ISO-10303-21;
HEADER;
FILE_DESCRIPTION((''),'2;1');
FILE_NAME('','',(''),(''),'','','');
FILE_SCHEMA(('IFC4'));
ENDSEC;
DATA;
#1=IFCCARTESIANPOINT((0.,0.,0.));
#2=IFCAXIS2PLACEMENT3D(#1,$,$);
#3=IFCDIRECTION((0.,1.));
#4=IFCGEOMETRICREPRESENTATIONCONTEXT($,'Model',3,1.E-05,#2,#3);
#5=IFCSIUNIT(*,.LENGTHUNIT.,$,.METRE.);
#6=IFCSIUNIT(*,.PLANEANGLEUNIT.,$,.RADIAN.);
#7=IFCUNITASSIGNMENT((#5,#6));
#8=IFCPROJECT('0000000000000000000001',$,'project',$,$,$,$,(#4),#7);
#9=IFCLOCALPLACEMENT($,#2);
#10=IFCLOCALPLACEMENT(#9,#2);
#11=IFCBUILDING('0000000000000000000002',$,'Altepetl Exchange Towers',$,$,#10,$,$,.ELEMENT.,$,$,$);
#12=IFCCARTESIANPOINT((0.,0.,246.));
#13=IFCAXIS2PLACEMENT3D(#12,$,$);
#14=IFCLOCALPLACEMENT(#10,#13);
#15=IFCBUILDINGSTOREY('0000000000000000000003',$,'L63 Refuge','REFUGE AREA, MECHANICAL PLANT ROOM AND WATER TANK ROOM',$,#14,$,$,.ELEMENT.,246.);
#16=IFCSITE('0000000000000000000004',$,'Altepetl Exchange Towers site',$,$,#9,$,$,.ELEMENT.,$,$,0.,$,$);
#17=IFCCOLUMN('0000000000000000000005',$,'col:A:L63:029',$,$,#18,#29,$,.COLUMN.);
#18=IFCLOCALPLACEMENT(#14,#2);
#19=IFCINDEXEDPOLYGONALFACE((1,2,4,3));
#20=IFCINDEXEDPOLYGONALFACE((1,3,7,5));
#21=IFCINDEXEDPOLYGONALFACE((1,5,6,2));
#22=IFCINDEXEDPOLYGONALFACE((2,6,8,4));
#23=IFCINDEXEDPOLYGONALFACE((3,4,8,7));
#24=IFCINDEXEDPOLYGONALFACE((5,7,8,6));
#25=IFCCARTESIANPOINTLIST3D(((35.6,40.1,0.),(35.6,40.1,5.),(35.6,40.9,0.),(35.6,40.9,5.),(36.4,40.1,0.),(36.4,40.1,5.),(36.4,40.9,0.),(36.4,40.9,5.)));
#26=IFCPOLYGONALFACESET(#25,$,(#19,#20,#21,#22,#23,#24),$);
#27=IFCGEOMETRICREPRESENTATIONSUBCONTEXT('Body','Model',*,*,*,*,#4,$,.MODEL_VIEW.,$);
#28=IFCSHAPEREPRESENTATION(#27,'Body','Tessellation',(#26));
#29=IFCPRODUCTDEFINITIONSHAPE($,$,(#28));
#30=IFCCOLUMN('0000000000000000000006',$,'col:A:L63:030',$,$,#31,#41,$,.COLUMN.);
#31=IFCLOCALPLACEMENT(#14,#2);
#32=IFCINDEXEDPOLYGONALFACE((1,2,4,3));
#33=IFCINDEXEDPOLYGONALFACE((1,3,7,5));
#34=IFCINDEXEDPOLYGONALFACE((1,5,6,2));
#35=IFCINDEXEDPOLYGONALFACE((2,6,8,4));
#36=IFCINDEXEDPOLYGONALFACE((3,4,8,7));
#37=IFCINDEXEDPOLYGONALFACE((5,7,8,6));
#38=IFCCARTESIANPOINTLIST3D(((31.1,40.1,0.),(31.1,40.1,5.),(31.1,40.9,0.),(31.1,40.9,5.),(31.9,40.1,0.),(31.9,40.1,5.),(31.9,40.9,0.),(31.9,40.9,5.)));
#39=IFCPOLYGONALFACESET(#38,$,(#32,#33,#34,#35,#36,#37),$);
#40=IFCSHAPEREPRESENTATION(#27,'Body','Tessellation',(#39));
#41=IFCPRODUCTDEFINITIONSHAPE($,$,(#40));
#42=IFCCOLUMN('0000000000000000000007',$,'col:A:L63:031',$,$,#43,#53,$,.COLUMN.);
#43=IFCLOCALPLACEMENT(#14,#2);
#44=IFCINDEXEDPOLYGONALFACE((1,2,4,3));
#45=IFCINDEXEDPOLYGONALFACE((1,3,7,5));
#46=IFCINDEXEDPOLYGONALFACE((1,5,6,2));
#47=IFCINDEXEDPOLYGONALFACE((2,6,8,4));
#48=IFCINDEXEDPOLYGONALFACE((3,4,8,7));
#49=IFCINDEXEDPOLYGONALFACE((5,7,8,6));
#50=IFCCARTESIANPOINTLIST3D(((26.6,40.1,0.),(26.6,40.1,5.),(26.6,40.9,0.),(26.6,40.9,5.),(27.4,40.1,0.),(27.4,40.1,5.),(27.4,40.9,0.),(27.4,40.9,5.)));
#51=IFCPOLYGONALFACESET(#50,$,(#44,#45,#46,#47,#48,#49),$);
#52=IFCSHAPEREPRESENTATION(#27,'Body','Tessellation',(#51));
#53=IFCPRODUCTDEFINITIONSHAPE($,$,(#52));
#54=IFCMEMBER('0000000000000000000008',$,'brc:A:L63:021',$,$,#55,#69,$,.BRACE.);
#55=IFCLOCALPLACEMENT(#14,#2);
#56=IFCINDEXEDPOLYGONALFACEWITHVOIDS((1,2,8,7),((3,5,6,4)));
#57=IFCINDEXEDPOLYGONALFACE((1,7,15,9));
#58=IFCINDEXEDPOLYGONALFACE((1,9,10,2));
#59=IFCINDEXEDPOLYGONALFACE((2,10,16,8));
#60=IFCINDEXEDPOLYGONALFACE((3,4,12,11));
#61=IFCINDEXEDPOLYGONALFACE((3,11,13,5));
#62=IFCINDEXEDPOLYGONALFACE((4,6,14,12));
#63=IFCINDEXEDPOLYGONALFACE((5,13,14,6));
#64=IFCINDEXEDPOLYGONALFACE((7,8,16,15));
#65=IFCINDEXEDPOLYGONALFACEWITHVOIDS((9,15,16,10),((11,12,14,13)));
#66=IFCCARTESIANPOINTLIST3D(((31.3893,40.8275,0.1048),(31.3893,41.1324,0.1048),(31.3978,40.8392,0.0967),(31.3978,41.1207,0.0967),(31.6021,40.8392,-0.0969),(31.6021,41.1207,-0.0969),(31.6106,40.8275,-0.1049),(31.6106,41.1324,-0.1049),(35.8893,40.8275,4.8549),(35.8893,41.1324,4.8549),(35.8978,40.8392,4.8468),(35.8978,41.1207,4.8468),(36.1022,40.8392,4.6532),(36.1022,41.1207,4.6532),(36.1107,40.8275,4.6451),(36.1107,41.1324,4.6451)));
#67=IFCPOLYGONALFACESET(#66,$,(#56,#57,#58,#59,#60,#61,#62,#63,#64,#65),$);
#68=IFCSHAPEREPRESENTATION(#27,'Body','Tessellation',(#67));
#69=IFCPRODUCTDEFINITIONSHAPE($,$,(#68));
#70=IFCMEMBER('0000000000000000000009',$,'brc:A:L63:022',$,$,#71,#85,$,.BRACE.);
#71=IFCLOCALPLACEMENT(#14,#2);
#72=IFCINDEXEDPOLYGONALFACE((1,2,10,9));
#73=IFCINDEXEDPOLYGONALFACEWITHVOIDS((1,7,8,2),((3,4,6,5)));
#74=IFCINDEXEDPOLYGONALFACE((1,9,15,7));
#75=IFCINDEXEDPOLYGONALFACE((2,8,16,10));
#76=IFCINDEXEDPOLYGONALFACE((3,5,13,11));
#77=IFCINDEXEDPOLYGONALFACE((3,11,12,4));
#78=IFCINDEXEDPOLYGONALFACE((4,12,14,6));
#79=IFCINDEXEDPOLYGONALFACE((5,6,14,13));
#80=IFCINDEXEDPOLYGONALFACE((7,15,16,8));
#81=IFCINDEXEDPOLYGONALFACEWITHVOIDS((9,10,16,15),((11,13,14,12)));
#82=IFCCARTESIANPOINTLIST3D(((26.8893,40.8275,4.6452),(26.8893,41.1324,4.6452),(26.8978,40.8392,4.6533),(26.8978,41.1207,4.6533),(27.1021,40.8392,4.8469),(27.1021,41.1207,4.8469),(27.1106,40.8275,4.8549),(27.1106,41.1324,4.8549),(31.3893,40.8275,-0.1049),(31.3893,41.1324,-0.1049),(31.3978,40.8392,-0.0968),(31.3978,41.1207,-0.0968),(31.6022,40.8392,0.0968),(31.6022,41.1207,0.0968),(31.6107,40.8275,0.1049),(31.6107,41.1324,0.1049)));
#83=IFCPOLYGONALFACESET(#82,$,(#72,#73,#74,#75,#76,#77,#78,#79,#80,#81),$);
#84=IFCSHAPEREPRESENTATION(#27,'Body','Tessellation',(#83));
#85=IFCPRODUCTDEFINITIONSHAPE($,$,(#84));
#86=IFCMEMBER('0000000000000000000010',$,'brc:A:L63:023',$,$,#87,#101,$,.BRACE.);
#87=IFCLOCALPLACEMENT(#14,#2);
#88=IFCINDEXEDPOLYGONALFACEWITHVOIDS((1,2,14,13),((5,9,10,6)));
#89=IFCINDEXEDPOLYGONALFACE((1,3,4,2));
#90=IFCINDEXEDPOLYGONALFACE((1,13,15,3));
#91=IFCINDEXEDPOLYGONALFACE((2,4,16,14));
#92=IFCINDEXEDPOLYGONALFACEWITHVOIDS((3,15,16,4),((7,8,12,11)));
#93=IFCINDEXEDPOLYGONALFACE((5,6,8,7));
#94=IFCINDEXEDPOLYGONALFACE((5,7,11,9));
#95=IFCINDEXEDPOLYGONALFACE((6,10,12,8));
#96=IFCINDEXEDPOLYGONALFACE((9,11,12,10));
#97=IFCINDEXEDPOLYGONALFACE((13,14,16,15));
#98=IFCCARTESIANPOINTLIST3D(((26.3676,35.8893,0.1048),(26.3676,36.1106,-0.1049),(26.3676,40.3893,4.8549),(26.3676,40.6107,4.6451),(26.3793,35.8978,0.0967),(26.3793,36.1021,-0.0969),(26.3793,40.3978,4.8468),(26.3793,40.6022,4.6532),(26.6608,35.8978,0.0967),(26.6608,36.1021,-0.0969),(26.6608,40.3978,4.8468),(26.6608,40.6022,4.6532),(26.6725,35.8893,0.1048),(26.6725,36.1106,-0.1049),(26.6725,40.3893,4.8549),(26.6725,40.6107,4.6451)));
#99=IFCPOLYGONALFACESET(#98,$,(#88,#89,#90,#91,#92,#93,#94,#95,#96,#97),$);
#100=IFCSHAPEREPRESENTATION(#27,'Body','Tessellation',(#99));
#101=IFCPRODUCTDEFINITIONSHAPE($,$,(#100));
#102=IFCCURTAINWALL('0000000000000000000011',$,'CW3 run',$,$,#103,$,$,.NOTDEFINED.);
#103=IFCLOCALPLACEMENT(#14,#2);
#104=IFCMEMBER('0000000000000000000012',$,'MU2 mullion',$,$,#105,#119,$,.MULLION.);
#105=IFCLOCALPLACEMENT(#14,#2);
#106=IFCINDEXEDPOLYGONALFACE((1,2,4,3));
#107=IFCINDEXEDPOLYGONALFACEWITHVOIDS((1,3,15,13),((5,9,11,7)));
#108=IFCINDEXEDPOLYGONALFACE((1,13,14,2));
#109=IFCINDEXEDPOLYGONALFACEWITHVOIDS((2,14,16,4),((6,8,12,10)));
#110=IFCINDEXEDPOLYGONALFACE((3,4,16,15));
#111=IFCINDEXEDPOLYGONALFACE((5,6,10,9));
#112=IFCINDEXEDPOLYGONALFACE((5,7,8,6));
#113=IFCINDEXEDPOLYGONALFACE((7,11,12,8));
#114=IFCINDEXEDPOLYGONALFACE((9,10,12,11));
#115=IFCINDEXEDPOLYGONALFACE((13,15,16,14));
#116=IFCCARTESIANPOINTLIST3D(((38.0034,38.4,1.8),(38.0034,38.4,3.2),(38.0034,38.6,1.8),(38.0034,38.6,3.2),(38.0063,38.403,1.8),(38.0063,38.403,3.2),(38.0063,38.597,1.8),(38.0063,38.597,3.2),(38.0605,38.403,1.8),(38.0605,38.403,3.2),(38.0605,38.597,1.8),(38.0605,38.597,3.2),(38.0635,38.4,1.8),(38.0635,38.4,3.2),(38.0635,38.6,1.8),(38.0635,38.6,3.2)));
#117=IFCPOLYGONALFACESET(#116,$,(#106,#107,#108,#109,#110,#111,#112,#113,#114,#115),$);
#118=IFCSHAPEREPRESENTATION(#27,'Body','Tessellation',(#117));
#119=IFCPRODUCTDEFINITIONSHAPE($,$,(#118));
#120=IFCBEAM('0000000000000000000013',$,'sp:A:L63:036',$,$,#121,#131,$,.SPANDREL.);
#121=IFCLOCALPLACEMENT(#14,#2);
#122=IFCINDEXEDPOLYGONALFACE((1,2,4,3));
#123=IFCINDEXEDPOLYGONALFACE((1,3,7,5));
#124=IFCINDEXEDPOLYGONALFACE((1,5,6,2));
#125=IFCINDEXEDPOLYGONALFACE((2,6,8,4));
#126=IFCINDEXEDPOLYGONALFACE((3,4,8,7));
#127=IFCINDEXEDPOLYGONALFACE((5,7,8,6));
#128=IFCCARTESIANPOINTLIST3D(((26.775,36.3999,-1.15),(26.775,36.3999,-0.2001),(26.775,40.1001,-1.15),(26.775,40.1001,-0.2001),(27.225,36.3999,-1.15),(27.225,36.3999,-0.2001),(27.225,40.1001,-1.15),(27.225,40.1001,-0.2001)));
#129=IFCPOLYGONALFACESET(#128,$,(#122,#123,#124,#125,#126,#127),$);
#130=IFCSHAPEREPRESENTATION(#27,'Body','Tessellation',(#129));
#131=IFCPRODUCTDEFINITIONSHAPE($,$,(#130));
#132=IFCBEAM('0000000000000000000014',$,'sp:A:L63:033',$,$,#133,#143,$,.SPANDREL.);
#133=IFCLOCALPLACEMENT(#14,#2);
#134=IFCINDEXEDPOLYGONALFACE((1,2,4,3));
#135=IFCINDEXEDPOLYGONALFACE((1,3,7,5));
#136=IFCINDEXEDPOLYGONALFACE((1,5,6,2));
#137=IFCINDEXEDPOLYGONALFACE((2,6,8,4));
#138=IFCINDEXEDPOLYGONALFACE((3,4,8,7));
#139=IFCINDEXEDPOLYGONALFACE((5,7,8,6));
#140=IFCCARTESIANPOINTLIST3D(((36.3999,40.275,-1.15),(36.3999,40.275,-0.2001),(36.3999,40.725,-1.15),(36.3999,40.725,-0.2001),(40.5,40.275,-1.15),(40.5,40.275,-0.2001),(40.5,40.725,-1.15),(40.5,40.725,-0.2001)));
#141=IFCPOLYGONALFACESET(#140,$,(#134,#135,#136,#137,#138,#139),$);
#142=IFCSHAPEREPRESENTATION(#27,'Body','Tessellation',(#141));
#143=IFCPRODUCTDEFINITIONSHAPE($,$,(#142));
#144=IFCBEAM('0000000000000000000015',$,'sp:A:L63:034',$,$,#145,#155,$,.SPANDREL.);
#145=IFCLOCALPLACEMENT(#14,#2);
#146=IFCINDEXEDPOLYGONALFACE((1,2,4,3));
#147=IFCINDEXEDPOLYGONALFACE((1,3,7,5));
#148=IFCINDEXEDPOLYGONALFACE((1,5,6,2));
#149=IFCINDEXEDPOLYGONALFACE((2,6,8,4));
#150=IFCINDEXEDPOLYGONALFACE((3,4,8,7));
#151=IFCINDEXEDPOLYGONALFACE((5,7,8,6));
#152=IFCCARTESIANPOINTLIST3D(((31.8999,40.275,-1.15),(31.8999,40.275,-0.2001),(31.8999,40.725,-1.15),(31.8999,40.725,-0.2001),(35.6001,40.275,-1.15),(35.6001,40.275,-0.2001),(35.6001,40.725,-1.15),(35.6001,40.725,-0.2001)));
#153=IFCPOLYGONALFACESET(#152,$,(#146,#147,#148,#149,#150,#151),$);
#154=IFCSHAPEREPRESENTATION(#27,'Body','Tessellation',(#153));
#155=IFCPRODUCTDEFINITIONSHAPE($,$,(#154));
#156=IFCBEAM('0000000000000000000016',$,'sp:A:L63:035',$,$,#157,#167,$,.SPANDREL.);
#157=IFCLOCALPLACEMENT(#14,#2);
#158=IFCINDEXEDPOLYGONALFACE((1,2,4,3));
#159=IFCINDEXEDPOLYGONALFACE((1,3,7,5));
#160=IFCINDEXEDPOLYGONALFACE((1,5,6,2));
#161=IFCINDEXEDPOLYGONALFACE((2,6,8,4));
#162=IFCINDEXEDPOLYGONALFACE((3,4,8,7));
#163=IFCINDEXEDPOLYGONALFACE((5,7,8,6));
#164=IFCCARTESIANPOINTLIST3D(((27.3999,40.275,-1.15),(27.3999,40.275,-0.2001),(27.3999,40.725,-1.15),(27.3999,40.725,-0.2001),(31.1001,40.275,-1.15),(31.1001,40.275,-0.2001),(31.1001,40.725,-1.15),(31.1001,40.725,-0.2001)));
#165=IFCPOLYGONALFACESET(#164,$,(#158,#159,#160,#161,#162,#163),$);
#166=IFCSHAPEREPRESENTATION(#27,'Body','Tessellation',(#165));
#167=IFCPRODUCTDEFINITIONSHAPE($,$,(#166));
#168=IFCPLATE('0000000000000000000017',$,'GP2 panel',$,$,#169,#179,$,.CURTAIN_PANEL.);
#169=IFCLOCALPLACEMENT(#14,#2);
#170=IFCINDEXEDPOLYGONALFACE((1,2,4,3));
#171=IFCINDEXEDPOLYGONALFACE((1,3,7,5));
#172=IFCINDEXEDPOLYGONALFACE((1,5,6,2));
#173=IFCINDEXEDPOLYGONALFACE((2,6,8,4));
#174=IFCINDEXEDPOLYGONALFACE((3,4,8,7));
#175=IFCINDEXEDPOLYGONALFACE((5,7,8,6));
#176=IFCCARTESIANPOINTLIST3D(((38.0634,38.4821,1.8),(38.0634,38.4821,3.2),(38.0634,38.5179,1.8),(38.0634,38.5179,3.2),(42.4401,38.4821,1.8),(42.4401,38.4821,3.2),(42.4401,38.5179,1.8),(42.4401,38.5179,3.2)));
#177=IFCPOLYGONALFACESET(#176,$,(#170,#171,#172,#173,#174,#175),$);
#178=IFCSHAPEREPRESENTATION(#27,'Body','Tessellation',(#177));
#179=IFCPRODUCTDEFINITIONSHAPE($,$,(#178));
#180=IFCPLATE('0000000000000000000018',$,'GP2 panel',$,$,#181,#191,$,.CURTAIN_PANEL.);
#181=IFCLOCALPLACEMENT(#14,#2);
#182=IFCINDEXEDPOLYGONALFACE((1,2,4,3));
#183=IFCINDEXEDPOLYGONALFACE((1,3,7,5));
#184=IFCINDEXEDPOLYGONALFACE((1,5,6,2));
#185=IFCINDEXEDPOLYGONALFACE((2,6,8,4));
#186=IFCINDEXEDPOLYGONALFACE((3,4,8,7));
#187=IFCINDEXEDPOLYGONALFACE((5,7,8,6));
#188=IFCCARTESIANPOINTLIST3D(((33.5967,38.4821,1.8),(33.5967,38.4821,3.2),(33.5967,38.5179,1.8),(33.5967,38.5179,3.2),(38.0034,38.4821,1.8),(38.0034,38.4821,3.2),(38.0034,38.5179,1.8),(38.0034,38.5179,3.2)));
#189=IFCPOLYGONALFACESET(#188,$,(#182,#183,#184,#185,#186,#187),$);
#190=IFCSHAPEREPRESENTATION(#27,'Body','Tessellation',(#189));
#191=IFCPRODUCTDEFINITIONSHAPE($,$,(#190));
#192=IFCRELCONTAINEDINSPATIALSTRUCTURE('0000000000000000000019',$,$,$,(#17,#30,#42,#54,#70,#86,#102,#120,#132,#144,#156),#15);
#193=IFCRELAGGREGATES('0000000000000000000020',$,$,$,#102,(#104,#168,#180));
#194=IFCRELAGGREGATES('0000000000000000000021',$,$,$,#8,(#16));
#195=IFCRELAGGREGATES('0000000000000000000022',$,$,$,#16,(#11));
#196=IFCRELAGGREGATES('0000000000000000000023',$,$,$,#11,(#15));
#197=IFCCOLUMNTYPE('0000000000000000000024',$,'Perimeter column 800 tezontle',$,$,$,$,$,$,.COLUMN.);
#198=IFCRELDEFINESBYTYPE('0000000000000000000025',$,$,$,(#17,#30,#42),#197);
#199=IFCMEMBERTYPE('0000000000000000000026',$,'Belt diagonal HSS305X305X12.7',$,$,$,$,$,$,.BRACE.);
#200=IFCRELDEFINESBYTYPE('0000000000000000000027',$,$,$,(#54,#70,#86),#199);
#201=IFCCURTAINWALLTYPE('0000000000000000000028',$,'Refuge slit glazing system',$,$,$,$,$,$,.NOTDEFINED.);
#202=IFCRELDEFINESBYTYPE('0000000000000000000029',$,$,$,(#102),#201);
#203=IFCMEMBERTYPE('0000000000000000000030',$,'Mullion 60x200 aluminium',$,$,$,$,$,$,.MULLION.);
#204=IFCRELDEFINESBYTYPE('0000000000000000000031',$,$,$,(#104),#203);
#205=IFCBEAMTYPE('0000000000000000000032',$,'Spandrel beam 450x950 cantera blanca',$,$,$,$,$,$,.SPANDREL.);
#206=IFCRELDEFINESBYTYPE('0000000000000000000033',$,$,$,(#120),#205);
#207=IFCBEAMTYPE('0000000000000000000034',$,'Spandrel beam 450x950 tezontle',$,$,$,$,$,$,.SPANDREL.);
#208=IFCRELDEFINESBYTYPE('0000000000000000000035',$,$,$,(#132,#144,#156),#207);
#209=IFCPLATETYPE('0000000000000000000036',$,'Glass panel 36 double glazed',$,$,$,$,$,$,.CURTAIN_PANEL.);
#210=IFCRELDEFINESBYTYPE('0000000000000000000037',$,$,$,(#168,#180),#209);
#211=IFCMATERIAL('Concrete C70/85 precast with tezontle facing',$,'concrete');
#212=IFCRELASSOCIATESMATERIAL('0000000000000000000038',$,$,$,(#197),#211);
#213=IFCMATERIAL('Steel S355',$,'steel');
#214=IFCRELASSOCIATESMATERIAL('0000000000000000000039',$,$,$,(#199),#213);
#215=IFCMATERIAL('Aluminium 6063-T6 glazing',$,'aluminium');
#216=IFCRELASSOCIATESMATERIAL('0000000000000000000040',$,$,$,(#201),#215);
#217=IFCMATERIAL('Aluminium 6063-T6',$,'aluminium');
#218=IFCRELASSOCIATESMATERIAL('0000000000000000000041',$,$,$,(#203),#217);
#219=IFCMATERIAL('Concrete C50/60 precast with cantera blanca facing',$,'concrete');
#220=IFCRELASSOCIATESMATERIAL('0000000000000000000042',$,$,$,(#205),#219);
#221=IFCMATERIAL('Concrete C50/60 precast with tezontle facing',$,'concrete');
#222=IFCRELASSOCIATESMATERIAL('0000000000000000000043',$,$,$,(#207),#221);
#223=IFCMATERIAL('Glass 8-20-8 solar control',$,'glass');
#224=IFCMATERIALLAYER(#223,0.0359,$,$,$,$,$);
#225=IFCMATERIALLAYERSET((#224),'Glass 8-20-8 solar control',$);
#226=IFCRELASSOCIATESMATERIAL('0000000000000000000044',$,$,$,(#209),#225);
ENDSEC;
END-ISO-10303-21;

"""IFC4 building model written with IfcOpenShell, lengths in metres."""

from ifc_helpers import new_model, si_unit, direction, frame, origin, origin_2d, place, context, subcontext, project, spatial, rectangle, hollow_rectangle, extrude, material, layer, layer_set, material_profile, profile_set, type_object, element, aggregate, save


model = new_model("IFC4")

# Units and contexts
model_context = context("Model", 3, precision=1e-05, world=origin(), true_north=direction((0.0, 1.0)))
body_context = subcontext(model_context, "Body", "Model", "MODEL_VIEW")
ifc_project = project(units=[si_unit("LENGTHUNIT", "METRE"), si_unit("PLANEANGLEUNIT", "RADIAN")], contexts=[model_context])

# Site, building, storey
site_placement = place(None, origin())
site = spatial("IfcSite", under=ifc_project, at=site_placement, Name="Altepetl Exchange Towers site", CompositionType="ELEMENT", RefElevation=0.0)
building_placement = place(site_placement, origin())
building = spatial("IfcBuilding", under=site, at=building_placement, Name="Altepetl Exchange Towers", CompositionType="ELEMENT")
storey_placement = place(building_placement, frame((0.0, 0.0, 246.0)))
storey = spatial("IfcBuildingStorey", under=building, at=storey_placement, Name="L63 Refuge", Description="REFUGE AREA, MECHANICAL PLANT ROOM AND WATER TANK ROOM", CompositionType="ELEMENT", Elevation=246.0)

# Columns
ifc_material_1 = material(Name="Concrete C70/85 precast with tezontle facing", Category="concrete")
ifc_material_profile_1 = material_profile(ifc_material_1, rectangle(XDim=0.8, YDim=0.8, at=origin_2d()), Name="800 x 800")
ifc_profile_set_1 = profile_set([ifc_material_profile_1], Name="Concrete C70/85 precast with tezontle facing")
column_type = type_object("IfcColumnType", Name="Perimeter column 800 tezontle", PredefinedType="COLUMN", material=ifc_profile_set_1)
for number, where, name in (
    (1, (36.0, 40.5, 0.0), "col:A:L63:029"),
    (2, (31.5, 40.5, 0.0), "col:A:L63:030"),
    (3, (27.0, 40.5, 0.0), "col:A:L63:031"),
):
    element("IfcColumn", number, at=place(storey_placement, frame(where)), inside=storey, type_object=column_type, Name=name, PredefinedType="COLUMN", context=body_context, shape_type="SweptSolid", body=[
        extrude(rectangle(XDim=0.8, YDim=0.8, at=origin_2d()), origin(), (0.0, 0.0, 1.0), 5.0),
    ])

# Members
ifc_material_2 = material(Name="Steel S355", Category="steel")
ifc_material_profile_2 = material_profile(ifc_material_2, hollow_rectangle(XDim=0.3049, YDim=0.3049, WallThickness=0.0117, at=origin_2d()), Name="HSS305X305X12.7")
ifc_profile_set_2 = profile_set([ifc_material_profile_2], Name="Steel S355")
member_type_1 = type_object("IfcMemberType", Name="Belt diagonal HSS305X305X12.7", PredefinedType="BRACE", material=ifc_profile_set_2)
for number, where, z_axis, x_axis, name in (
    (4, (36.0, 40.98, 4.75), (-0.687745, 0.0, -0.725953), (0.0, -1.0, 0.0), "brc:A:L63:021"),
    (5, (31.5, 40.98, 0.0), (-0.687745, 0.0, 0.725953), (0.0, -1.0, 0.0), "brc:A:L63:022"),
    (6, (26.52, 40.5, 4.75), (0.0, -0.687745, -0.725953), (1.0, 0.0, 0.0), "brc:A:L63:023"),
):
    element("IfcMember", number, at=place(storey_placement, frame(where, z_axis=z_axis, x_axis=x_axis)), inside=storey, type_object=member_type_1, Name=name, PredefinedType="BRACE", context=body_context, shape_type="SweptSolid", body=[
        extrude(hollow_rectangle(XDim=0.3049, YDim=0.3049, WallThickness=0.0117, at=origin_2d()), origin(), (0.0, 0.0, 1.0), 6.5432),
    ])

# Curtain wall, member
ifc_material_3 = material(Name="Aluminium 6063-T6 glazing", Category="aluminium")
curtain_wall_type = type_object("IfcCurtainWallType", Name="Refuge slit glazing system", PredefinedType="NOTDEFINED", material=ifc_material_3)
curtain_wall_placement = place(storey_placement, origin())
curtain_wall = element("IfcCurtainWall", 7, at=curtain_wall_placement, inside=storey, type_object=curtain_wall_type, Name="CW3 run", PredefinedType="NOTDEFINED")
ifc_material_4 = material(Name="Aluminium 6063-T6", Category="aluminium")
ifc_material_profile_3 = material_profile(ifc_material_4, hollow_rectangle(XDim=0.0601, YDim=0.2, WallThickness=0.0029, at=origin_2d()), Name="Mullion 60x200 aluminium")
ifc_profile_set_3 = profile_set([ifc_material_profile_3], Name="Aluminium 6063-T6")
member_type_2 = type_object("IfcMemberType", Name="Mullion 60x200 aluminium", PredefinedType="MULLION", material=ifc_profile_set_3)
member_placement = place(storey_placement, frame((38.0334, 38.5, 1.8), z_axis=(0.0, 0.0, 1.0), x_axis=(-1.0, 0.0, 0.0)))
member = element("IfcMember", 8, at=member_placement, type_object=member_type_2, Name="MU2 mullion", PredefinedType="MULLION", context=body_context, shape_type="SweptSolid", body=[
    extrude(hollow_rectangle(XDim=0.0601, YDim=0.2, WallThickness=0.0029, at=origin_2d()), origin(), (0.0, 0.0, 1.0), 1.3999),
])

# Beams
ifc_material_5 = material(Name="Concrete C50/60 precast with cantera blanca facing", Category="concrete")
ifc_material_profile_4 = material_profile(ifc_material_5, rectangle(XDim=0.45, YDim=0.95, at=origin_2d()), Name="450 x 950")
ifc_profile_set_4 = profile_set([ifc_material_profile_4], Name="Concrete C50/60 precast with cantera blanca facing")
beam_type_1 = type_object("IfcBeamType", Name="Spandrel beam 450x950 cantera blanca", PredefinedType="SPANDREL", material=ifc_profile_set_4)
beam_1_placement = place(storey_placement, frame((27.0, 40.1001, -0.675), z_axis=(0.0, -1.0, 0.0), x_axis=(1.0, 0.0, 0.0)))
element("IfcBeam", 9, at=beam_1_placement, inside=storey, type_object=beam_type_1, Name="sp:A:L63:036", PredefinedType="SPANDREL", context=body_context, shape_type="SweptSolid", body=[
    extrude(rectangle(XDim=0.45, YDim=0.95, at=origin_2d()), origin(), (0.0, 0.0, 1.0), 3.7002),
])
ifc_material_6 = material(Name="Concrete C50/60 precast with tezontle facing", Category="concrete")
ifc_material_profile_5 = material_profile(ifc_material_6, rectangle(XDim=0.45, YDim=0.95, at=origin_2d()), Name="450 x 950")
ifc_profile_set_5 = profile_set([ifc_material_profile_5], Name="Concrete C50/60 precast with tezontle facing")
beam_type_2 = type_object("IfcBeamType", Name="Spandrel beam 450x950 tezontle", PredefinedType="SPANDREL", material=ifc_profile_set_5)
beam_2_placement = place(storey_placement, frame((40.5, 40.5, -0.675), z_axis=(-1.0, 0.0, 0.0), x_axis=(0.0, -1.0, 0.0)))
element("IfcBeam", 10, at=beam_2_placement, inside=storey, type_object=beam_type_2, Name="sp:A:L63:033", PredefinedType="SPANDREL", context=body_context, shape_type="SweptSolid", body=[
    extrude(rectangle(XDim=0.45, YDim=0.95, at=origin_2d()), origin(), (0.0, 0.0, 1.0), 4.1001),
])
for number, where, z_axis, x_axis, name in (
    (11, (35.6001, 40.5, -0.675), (-1.0, 0.0, 0.0), (0.0, -1.0, 0.0), "sp:A:L63:034"),
    (12, (31.1001, 40.5, -0.675), (-1.0, 0.0, 0.0), (0.0, -1.0, 0.0), "sp:A:L63:035"),
):
    element("IfcBeam", number, at=place(storey_placement, frame(where, z_axis=z_axis, x_axis=x_axis)), inside=storey, type_object=beam_type_2, Name=name, PredefinedType="SPANDREL", context=body_context, shape_type="SweptSolid", body=[
        extrude(rectangle(XDim=0.45, YDim=0.95, at=origin_2d()), origin(), (0.0, 0.0, 1.0), 3.7002),
    ])

# Plates
ifc_material_7 = material(Name="Glass 8-20-8 solar control", Category="glass")
ifc_layer_1 = layer(ifc_material_7, 0.0359)
ifc_layer_set_1 = layer_set([ifc_layer_1], Name="Glass 8-20-8 solar control")
plate_type = type_object("IfcPlateType", Name="Glass panel 36 double glazed", PredefinedType="CURTAIN_PANEL", material=ifc_layer_set_1)
plate_1_placement = place(storey_placement, frame((40.2517, 38.5, 1.8), z_axis=(0.0, 0.0, 1.0), x_axis=(-1.0, 0.0, 0.0)))
plate_1 = element("IfcPlate", 13, at=plate_1_placement, type_object=plate_type, Name="GP2 panel", PredefinedType="CURTAIN_PANEL", context=body_context, shape_type="SweptSolid", body=[
    extrude(rectangle(XDim=4.3767, YDim=0.0359, at=origin_2d()), origin(), (0.0, 0.0, 1.0), 1.3999),
])
plate_2_placement = place(storey_placement, frame((35.8, 38.5, 1.8), z_axis=(0.0, 0.0, 1.0), x_axis=(-1.0, 0.0, 0.0)))
plate_2 = element("IfcPlate", 14, at=plate_2_placement, type_object=plate_type, Name="GP2 panel", PredefinedType="CURTAIN_PANEL", context=body_context, shape_type="SweptSolid", body=[
    extrude(rectangle(XDim=4.4067, YDim=0.0359, at=origin_2d()), origin(), (0.0, 0.0, 1.0), 1.3999),
])
aggregate(curtain_wall, [member, plate_1, plate_2])

save(model, "model.ifc")
